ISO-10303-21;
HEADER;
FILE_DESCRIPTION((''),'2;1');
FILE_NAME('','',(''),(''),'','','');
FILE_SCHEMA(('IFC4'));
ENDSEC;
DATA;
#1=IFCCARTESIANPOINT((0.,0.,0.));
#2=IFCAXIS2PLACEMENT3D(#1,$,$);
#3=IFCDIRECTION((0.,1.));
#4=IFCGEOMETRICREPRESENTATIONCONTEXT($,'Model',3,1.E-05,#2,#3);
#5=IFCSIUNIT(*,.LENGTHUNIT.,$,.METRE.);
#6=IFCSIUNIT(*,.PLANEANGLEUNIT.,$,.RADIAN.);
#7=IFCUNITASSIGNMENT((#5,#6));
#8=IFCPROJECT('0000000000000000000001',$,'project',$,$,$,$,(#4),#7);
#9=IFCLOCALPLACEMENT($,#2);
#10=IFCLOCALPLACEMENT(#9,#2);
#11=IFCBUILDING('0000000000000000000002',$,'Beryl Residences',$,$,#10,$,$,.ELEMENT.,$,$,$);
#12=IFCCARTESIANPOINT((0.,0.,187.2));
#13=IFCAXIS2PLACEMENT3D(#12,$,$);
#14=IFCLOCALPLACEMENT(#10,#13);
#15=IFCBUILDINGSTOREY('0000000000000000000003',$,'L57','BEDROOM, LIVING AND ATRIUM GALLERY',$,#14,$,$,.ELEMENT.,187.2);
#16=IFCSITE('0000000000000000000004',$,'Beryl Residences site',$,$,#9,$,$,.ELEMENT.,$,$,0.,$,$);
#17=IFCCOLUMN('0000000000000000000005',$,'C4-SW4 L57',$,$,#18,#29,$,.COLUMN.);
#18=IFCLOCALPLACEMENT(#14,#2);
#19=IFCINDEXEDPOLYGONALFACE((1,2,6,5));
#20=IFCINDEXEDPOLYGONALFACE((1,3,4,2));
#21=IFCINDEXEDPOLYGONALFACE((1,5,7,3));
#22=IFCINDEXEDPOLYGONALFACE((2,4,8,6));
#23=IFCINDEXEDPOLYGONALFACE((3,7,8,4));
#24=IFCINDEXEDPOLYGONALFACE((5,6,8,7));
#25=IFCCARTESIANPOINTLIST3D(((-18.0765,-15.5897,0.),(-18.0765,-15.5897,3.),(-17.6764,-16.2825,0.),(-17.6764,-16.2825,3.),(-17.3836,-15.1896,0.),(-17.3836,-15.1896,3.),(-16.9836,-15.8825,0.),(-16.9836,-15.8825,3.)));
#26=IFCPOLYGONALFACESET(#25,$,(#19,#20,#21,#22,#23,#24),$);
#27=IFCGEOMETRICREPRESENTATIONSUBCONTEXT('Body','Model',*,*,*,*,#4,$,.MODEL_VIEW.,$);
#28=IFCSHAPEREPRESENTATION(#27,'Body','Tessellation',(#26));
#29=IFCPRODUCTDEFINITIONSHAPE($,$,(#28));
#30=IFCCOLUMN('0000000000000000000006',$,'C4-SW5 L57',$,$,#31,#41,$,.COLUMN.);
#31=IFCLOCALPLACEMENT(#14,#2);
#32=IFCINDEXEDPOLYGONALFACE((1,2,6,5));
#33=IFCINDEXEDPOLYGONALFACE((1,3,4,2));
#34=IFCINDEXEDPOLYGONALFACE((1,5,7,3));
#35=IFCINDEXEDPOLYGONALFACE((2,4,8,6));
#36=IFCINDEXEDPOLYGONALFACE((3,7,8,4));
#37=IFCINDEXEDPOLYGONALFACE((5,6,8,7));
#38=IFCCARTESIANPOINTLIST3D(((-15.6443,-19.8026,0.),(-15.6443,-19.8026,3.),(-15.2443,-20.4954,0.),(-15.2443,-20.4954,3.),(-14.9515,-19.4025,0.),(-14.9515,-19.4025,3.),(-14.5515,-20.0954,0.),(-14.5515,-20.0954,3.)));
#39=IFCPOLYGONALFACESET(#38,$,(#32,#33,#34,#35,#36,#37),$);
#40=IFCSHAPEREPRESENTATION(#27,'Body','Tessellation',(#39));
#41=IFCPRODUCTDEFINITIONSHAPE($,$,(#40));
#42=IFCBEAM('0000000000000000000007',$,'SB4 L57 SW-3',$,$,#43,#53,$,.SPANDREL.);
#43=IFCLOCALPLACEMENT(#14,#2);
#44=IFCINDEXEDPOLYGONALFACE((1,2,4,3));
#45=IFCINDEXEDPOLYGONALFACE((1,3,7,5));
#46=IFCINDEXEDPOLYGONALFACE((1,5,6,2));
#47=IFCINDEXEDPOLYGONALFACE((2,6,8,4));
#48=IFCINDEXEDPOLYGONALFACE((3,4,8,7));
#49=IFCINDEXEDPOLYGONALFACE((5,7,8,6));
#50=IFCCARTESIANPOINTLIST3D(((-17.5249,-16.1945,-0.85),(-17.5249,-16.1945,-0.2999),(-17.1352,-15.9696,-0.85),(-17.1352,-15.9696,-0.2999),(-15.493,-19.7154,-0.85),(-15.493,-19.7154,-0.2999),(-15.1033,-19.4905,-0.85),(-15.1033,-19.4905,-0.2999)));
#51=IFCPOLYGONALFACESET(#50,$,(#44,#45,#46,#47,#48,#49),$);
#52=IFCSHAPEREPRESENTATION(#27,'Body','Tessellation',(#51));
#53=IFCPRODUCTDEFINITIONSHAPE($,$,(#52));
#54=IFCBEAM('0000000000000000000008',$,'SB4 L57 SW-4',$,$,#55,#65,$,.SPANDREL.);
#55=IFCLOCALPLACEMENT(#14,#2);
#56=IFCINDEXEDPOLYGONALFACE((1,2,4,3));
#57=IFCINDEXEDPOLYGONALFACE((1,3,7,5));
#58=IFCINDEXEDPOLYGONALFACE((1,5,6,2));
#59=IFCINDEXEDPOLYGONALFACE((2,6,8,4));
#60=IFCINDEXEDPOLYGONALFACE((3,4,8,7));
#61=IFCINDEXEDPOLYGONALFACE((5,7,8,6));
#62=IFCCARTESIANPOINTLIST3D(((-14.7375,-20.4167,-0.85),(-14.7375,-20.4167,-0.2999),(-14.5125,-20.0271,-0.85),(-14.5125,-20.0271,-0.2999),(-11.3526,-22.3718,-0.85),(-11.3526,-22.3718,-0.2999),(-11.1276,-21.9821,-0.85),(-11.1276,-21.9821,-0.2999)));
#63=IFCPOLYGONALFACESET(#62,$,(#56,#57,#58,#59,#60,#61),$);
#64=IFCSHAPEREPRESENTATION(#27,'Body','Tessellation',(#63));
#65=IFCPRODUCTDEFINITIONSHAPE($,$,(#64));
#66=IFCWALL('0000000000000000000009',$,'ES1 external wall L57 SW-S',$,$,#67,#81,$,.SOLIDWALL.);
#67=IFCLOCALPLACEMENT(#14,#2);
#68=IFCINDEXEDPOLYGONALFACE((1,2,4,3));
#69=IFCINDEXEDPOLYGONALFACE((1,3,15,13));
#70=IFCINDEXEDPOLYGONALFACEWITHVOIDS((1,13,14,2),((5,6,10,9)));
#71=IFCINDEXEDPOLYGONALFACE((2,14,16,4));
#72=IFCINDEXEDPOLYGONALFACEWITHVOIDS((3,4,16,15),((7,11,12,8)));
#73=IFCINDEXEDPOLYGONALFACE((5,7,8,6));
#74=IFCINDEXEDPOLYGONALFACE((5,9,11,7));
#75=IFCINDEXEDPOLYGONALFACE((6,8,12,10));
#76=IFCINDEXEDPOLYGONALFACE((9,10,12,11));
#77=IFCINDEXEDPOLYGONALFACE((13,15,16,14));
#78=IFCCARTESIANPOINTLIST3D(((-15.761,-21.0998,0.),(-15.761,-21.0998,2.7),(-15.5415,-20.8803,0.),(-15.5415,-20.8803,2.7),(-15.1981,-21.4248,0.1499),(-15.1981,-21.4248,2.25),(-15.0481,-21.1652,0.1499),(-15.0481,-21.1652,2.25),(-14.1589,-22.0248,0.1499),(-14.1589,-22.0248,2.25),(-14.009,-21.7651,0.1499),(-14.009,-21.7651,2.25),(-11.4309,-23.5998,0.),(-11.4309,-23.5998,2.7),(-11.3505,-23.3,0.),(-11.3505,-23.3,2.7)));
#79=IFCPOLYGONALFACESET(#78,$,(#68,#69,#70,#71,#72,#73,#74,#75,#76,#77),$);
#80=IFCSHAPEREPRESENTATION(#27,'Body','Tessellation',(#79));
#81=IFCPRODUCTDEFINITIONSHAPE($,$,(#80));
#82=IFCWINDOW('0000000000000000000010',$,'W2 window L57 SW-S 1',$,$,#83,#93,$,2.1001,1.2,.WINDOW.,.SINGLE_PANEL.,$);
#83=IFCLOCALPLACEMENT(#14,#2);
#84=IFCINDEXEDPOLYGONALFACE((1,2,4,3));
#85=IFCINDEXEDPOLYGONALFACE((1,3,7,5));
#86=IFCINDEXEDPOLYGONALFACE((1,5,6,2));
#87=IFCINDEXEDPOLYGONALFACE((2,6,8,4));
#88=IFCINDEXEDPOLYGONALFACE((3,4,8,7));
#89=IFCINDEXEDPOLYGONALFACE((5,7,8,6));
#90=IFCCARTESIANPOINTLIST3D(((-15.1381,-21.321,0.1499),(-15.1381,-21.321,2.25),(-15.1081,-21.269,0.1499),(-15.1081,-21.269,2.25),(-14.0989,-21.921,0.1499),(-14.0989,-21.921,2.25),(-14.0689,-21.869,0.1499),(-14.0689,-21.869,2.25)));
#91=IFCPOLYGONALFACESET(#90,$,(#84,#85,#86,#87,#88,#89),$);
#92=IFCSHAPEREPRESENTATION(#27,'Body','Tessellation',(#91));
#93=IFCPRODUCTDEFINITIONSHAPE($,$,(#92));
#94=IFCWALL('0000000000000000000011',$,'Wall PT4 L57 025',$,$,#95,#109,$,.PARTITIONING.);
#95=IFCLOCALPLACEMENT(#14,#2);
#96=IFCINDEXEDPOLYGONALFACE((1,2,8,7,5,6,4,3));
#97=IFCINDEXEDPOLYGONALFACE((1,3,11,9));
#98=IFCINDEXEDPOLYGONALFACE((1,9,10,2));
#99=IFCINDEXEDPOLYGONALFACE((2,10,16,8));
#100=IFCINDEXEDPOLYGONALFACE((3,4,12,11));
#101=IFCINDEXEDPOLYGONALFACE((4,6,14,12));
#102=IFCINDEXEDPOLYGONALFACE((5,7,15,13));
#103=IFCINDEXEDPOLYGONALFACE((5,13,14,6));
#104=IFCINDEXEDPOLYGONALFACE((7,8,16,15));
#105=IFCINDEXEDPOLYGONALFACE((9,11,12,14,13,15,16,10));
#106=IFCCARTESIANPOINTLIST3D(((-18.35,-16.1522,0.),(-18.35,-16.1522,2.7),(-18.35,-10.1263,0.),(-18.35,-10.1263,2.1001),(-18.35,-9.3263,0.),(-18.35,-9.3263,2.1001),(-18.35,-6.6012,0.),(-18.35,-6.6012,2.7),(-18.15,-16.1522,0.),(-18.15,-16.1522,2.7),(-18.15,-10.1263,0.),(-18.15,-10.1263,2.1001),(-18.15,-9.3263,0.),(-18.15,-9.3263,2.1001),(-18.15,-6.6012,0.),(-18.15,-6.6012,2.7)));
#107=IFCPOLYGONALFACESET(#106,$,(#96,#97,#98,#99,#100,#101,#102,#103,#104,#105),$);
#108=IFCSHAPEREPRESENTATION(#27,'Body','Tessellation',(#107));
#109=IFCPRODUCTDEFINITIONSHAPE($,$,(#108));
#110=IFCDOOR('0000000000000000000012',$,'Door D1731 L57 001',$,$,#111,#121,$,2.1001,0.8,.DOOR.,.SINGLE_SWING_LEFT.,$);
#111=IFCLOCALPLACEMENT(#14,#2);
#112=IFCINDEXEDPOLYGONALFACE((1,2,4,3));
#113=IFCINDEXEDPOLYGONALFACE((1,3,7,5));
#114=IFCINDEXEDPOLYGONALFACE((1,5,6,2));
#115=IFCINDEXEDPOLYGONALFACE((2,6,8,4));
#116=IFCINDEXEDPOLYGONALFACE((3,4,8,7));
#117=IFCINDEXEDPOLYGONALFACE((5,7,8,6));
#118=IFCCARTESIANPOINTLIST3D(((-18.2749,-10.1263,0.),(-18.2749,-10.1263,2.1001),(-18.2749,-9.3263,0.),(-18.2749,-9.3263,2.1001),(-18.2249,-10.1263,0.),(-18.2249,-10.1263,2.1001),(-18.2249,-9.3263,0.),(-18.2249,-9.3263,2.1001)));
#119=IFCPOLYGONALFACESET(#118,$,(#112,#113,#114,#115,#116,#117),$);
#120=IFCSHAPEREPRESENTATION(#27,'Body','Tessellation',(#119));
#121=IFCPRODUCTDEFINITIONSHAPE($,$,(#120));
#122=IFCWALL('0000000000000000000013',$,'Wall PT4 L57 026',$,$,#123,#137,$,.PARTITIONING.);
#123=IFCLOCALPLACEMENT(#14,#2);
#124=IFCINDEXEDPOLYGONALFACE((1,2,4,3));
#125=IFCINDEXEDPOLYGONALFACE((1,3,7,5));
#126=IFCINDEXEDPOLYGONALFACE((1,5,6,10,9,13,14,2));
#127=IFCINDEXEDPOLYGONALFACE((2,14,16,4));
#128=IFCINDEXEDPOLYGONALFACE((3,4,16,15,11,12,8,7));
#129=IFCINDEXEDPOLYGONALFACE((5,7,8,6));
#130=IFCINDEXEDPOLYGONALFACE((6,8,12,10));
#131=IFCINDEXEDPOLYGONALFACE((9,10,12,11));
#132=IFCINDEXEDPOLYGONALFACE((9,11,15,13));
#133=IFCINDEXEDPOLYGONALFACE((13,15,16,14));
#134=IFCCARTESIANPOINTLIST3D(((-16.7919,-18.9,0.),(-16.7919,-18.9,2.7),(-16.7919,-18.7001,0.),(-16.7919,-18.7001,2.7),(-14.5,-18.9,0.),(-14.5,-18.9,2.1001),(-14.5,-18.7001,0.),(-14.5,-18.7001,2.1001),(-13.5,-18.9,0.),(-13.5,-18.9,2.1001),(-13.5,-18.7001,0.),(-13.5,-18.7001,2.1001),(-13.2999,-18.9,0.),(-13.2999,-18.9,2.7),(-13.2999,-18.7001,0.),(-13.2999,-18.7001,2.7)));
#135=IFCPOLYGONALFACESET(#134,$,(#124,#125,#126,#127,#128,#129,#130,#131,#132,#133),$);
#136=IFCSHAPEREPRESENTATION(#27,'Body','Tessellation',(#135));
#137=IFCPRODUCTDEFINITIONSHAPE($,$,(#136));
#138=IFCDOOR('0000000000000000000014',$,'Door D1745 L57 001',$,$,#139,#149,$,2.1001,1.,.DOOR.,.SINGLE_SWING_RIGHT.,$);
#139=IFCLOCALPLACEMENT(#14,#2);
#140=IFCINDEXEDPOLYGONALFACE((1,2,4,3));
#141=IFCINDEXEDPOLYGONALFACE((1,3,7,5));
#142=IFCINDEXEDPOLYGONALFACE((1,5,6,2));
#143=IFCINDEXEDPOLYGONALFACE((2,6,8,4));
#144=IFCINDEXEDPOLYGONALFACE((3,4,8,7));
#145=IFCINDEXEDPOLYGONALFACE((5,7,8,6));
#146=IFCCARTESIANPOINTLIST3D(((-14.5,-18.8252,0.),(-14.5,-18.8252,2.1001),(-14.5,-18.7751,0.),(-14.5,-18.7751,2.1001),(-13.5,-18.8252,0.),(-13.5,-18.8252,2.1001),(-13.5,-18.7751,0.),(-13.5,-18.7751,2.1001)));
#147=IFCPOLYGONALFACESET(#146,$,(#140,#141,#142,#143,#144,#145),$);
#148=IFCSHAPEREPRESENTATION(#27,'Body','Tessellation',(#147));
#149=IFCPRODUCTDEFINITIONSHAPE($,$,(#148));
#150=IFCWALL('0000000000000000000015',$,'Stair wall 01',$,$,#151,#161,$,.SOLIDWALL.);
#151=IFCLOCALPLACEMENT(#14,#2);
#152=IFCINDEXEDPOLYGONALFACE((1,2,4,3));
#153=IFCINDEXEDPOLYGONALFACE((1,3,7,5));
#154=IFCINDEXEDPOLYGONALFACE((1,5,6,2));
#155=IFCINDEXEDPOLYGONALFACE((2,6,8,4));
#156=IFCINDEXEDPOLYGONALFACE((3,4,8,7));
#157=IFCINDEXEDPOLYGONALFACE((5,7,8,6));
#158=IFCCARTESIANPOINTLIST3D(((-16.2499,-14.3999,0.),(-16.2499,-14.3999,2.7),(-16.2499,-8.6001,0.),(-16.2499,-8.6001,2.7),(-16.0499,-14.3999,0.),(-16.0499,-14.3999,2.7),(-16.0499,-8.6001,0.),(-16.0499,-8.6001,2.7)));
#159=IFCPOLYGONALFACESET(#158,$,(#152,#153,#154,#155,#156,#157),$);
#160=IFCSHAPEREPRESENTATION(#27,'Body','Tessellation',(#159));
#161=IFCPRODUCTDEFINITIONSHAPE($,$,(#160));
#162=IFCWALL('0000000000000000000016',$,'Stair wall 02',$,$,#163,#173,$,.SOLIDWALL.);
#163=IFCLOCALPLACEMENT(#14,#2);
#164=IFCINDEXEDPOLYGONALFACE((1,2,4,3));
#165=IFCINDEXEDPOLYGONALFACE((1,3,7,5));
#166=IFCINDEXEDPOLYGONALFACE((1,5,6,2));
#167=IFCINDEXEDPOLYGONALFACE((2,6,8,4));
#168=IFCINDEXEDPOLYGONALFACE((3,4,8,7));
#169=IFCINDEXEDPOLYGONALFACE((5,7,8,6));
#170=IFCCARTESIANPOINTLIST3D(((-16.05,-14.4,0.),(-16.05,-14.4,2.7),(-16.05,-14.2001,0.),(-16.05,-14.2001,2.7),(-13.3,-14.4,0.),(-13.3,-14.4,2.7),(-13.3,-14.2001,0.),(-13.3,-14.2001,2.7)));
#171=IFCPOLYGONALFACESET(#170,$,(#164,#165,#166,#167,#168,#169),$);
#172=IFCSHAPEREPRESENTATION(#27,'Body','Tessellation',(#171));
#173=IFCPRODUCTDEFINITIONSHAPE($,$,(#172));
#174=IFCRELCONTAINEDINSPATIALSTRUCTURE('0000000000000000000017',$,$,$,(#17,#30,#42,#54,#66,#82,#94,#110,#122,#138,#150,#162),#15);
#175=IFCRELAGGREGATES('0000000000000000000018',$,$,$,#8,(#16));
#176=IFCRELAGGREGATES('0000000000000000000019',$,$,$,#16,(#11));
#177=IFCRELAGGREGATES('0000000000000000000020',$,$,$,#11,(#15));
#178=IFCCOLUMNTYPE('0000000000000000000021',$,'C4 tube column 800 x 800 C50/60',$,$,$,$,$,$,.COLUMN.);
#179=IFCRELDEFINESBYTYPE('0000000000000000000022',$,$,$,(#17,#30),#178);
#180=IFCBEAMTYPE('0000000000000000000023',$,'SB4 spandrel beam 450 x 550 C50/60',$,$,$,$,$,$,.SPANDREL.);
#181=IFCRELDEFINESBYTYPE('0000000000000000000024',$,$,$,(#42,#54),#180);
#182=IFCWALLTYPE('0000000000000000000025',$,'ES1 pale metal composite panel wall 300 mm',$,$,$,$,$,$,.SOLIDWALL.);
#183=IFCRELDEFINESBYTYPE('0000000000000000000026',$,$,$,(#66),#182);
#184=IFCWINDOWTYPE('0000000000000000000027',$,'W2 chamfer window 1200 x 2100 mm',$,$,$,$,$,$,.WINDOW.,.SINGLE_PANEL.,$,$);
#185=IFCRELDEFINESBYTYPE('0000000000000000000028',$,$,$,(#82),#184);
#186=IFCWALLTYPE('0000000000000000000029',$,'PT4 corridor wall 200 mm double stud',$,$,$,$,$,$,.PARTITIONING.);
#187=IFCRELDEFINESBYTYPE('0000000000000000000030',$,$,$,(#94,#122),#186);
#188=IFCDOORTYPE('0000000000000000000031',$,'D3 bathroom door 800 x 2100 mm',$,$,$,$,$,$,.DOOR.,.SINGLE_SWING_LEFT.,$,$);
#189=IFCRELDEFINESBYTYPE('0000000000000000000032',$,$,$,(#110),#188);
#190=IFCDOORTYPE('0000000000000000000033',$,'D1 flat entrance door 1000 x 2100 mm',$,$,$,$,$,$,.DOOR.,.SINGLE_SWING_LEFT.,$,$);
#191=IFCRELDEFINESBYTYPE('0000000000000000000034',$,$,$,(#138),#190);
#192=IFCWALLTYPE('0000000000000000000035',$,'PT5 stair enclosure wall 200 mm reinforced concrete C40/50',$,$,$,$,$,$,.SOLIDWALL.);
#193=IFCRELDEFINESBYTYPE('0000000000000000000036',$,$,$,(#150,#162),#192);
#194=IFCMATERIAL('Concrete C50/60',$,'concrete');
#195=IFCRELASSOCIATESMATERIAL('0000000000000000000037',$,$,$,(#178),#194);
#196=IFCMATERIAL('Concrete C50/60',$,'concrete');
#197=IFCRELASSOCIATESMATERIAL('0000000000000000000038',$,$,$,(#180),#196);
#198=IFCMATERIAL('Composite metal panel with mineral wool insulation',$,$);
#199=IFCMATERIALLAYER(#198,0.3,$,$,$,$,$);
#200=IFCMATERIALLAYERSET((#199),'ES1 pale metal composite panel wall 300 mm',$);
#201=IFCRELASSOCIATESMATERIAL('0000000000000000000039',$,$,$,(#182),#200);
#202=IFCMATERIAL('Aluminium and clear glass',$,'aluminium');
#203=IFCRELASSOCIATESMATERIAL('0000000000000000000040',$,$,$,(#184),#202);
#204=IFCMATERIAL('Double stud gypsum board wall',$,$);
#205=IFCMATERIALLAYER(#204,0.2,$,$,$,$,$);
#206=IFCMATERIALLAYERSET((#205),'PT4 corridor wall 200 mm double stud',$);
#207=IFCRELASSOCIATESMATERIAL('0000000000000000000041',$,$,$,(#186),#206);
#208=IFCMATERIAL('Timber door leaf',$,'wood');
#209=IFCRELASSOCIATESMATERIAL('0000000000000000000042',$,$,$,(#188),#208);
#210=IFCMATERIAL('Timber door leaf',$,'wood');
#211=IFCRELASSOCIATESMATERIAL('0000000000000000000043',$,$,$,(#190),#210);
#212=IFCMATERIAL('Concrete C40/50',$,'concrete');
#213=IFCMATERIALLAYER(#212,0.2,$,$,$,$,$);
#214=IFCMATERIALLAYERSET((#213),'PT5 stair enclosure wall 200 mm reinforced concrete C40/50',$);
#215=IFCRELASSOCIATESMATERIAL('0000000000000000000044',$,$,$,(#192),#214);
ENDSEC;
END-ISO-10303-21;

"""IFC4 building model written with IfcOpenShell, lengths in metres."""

from ifc_helpers import new_model, si_unit, direction, frame, frame_2d, origin, origin_2d, place, context, subcontext, project, spatial, polyline, rectangle, outline, extrude, material, layer, layer_set, material_profile, profile_set, type_object, element, fill, save


model = new_model("IFC4")

# Units and contexts
model_context = context("Model", 3, precision=1e-05, world=origin(), true_north=direction((0.0, 1.0)))
body_context = subcontext(model_context, "Body", "Model", "MODEL_VIEW")
ifc_project = project(units=[si_unit("LENGTHUNIT", "METRE"), si_unit("PLANEANGLEUNIT", "RADIAN")], contexts=[model_context])

# Site, building, storey
site_placement = place(None, origin())
site = spatial("IfcSite", under=ifc_project, at=site_placement, Name="Beryl Residences site", CompositionType="ELEMENT", RefElevation=0.0)
building_placement = place(site_placement, origin())
building = spatial("IfcBuilding", under=site, at=building_placement, Name="Beryl Residences", CompositionType="ELEMENT")
storey_placement = place(building_placement, frame((0.0, 0.0, 187.2)))
storey = spatial("IfcBuildingStorey", under=building, at=storey_placement, Name="L57", Description="BEDROOM, LIVING AND ATRIUM GALLERY", CompositionType="ELEMENT", Elevation=187.2)

# Columns
ifc_material_1 = material(Name="Concrete C50/60", Category="concrete")
ifc_material_profile_1 = material_profile(ifc_material_1, rectangle(XDim=0.8, YDim=0.8, at=origin_2d()))
ifc_profile_set_1 = profile_set([ifc_material_profile_1], Name="Concrete C50/60")
column_type = type_object("IfcColumnType", Name="C4 tube column 800 x 800 C50/60", PredefinedType="COLUMN", material=ifc_profile_set_1)
for number, where, z_axis, x_axis, name in (
    (1, (-17.53, -15.7361, 0.0), (0.0, 0.0, 1.0), (0.5, -0.866025, 0.0), "C4-SW4 L57"),
    (2, (-15.0979, -19.949, 0.0), (0.0, 0.0, 1.0), (0.5, -0.866025, 0.0), "C4-SW5 L57"),
):
    element("IfcColumn", number, at=place(storey_placement, frame(where, z_axis=z_axis, x_axis=x_axis)), inside=storey, type_object=column_type, Name=name, PredefinedType="COLUMN", context=body_context, shape_type="SweptSolid", body=[
        extrude(rectangle(XDim=0.8, YDim=0.8, at=origin_2d()), origin(), (0.0, 0.0, 1.0), 3.0),
    ])

# Beams
ifc_material_2 = material(Name="Concrete C50/60", Category="concrete")
ifc_material_profile_2 = material_profile(ifc_material_2, rectangle(XDim=0.45, YDim=0.55, at=origin_2d()))
ifc_profile_set_2 = profile_set([ifc_material_profile_2], Name="Concrete C50/60")
beam_type = type_object("IfcBeamType", Name="SB4 spandrel beam 450 x 550 C50/60", PredefinedType="SPANDREL", material=ifc_profile_set_2)
beam_1_placement = place(storey_placement, frame((-17.3301, -16.082, -0.575), z_axis=(0.49984, -0.866118, 0.0), x_axis=(0.866118, 0.49984, 0.0)))
element("IfcBeam", 3, at=beam_1_placement, inside=storey, type_object=beam_type, Name="SB4 L57 SW-3", PredefinedType="SPANDREL", context=body_context, shape_type="SweptSolid", body=[
    extrude(rectangle(XDim=0.45, YDim=0.55, at=origin_2d()), origin(), (0.0, 0.0, 1.0), 4.0652),
])
beam_2_placement = place(storey_placement, frame((-14.625, -20.2219, -0.575), z_axis=(0.865943, -0.500142, 0.0), x_axis=(0.500142, 0.865943, 0.0)))
element("IfcBeam", 4, at=beam_2_placement, inside=storey, type_object=beam_type, Name="SB4 L57 SW-4", PredefinedType="SPANDREL", context=body_context, shape_type="SweptSolid", body=[
    extrude(rectangle(XDim=0.45, YDim=0.55, at=origin_2d()), origin(), (0.0, 0.0, 1.0), 3.9089),
])

# Wall, opening, window
ifc_material_3 = material(Name="Composite metal panel with mineral wool insulation")
ifc_layer_1 = layer(ifc_material_3, 0.3)
ifc_layer_set_1 = layer_set([ifc_layer_1], Name="ES1 pale metal composite panel wall 300 mm")
wall_type_1 = type_object("IfcWallType", Name="ES1 pale metal composite panel wall 300 mm", PredefinedType="SOLIDWALL", material=ifc_layer_set_1)
wall_1_placement = place(storey_placement, frame((-15.686, -20.97, 0.0), z_axis=(0.0, 0.0, 1.0), x_axis=(0.866023, -0.500004, 0.0)))
wall_1 = element("IfcWall", 5, at=wall_1_placement, inside=storey, type_object=wall_type_1, Name="ES1 external wall L57 SW-S", PredefinedType="SOLIDWALL", context=body_context, shape_type="SweptSolid", body=[
    extrude(outline(polyline([(0.0, -0.1499), (5.0, -0.1499), (4.9197, 0.1499), (0.0803, 0.1499), (0.0, -0.1499)])), origin(), (0.0, 0.0, 1.0), 2.7),
])
opening_1_placement = place(wall_1_placement, frame((0.6499, 0.0, 0.1499)))
opening_1 = element("IfcOpeningElement", 6, at=opening_1_placement, cuts=wall_1, PredefinedType="OPENING", context=body_context, shape_type="SweptSolid", body=[
    extrude(rectangle(XDim=1.2, YDim=2.1001, at=frame_2d((0.6001, 1.05))), frame((0.0, 0.1599, 0.0), z_axis=(0.0, -1.0, 0.0), x_axis=(1.0, 0.0, 0.0)), (0.0, 0.0, 1.0), 0.3201),
])
ifc_material_4 = material(Name="Aluminium and clear glass", Category="aluminium")
window_type = type_object("IfcWindowType", Name="W2 chamfer window 1200 x 2100 mm", PartitioningType="SINGLE_PANEL", PredefinedType="WINDOW", material=ifc_material_4)
window_placement = place(opening_1_placement, origin())
window = element("IfcWindow", 7, at=window_placement, inside=storey, type_object=window_type, Name="W2 window L57 SW-S 1", OverallHeight=2.1001, OverallWidth=1.2, PartitioningType="SINGLE_PANEL", PredefinedType="WINDOW", context=body_context, shape_type="SweptSolid", body=[
    extrude(rectangle(XDim=1.2, YDim=2.1001, at=frame_2d((0.6001, 1.05))), frame((0.0, 0.03, 0.0), z_axis=(0.0, -1.0, 0.0), x_axis=(1.0, 0.0, 0.0)), (0.0, 0.0, 1.0), 0.0601),
])
fill(opening_1, window)

# Walls, openings, doors
ifc_material_5 = material(Name="Double stud gypsum board wall")
ifc_layer_2 = layer(ifc_material_5, 0.2)
ifc_layer_set_2 = layer_set([ifc_layer_2], Name="PT4 corridor wall 200 mm double stud")
wall_type_2 = type_object("IfcWallType", Name="PT4 corridor wall 200 mm double stud", PredefinedType="PARTITIONING", material=ifc_layer_set_2)
wall_2_placement = place(storey_placement, frame((-18.25, -16.1521, 0.0), z_axis=(0.0, 0.0, 1.0), x_axis=(0.0, 1.0, 0.0)))
wall_2 = element("IfcWall", 8, at=wall_2_placement, inside=storey, type_object=wall_type_2, Name="Wall PT4 L57 025", PredefinedType="PARTITIONING", context=body_context, shape_type="SweptSolid", body=[
    extrude(rectangle(XDim=9.551, YDim=0.2, at=frame_2d((4.7754, 0.0))), origin(), (0.0, 0.0, 1.0), 2.7),
])
opening_2_placement = place(wall_2_placement, frame((6.0259, 0.0, 0.0)))
opening_2 = element("IfcOpeningElement", 9, at=opening_2_placement, cuts=wall_2, PredefinedType="OPENING", context=body_context, shape_type="SweptSolid", body=[
    extrude(rectangle(XDim=0.8, YDim=2.1001, at=frame_2d((0.3999, 1.05))), frame((0.0, 0.1099, 0.0), z_axis=(0.0, -1.0, 0.0), x_axis=(1.0, 0.0, 0.0)), (0.0, 0.0, 1.0), 0.22),
])
ifc_material_6 = material(Name="Timber door leaf", Category="wood")
door_type_1 = type_object("IfcDoorType", Name="D3 bathroom door 800 x 2100 mm", OperationType="SINGLE_SWING_LEFT", PredefinedType="DOOR", material=ifc_material_6)
door_1_placement = place(opening_2_placement, origin())
door_1 = element("IfcDoor", 10, at=door_1_placement, inside=storey, type_object=door_type_1, Name="Door D1731 L57 001", OperationType="SINGLE_SWING_LEFT", OverallHeight=2.1001, OverallWidth=0.8, PredefinedType="DOOR", context=body_context, shape_type="SweptSolid", body=[
    extrude(rectangle(XDim=0.8, YDim=2.1001, at=frame_2d((0.3999, 1.05))), frame((0.0, 0.0249, 0.0), z_axis=(0.0, -1.0, 0.0), x_axis=(1.0, 0.0, 0.0)), (0.0, 0.0, 1.0), 0.05),
])
fill(opening_2, door_1)
wall_3_placement = place(storey_placement, frame((-16.792, -18.8, 0.0), z_axis=(0.0, 0.0, 1.0), x_axis=(1.0, 0.0, 0.0)))
wall_3 = element("IfcWall", 11, at=wall_3_placement, inside=storey, type_object=wall_type_2, Name="Wall PT4 L57 026", PredefinedType="PARTITIONING", context=body_context, shape_type="SweptSolid", body=[
    extrude(rectangle(XDim=3.4919, YDim=0.2, at=frame_2d((1.7461, 0.0))), origin(), (0.0, 0.0, 1.0), 2.7),
])
opening_3_placement = place(wall_3_placement, frame((2.292, 0.0, 0.0)))
opening_3 = element("IfcOpeningElement", 12, at=opening_3_placement, cuts=wall_3, PredefinedType="OPENING", context=body_context, shape_type="SweptSolid", body=[
    extrude(rectangle(XDim=1.0, YDim=2.1001, at=frame_2d((0.5, 1.05))), frame((0.0, 0.1099, 0.0), z_axis=(0.0, -1.0, 0.0), x_axis=(1.0, 0.0, 0.0)), (0.0, 0.0, 1.0), 0.22),
])
ifc_material_7 = material(Name="Timber door leaf", Category="wood")
door_type_2 = type_object("IfcDoorType", Name="D1 flat entrance door 1000 x 2100 mm", OperationType="SINGLE_SWING_LEFT", PredefinedType="DOOR", material=ifc_material_7)
door_2_placement = place(opening_3_placement, origin())
door_2 = element("IfcDoor", 13, at=door_2_placement, inside=storey, type_object=door_type_2, Name="Door D1745 L57 001", OperationType="SINGLE_SWING_RIGHT", OverallHeight=2.1001, OverallWidth=1.0, PredefinedType="DOOR", context=body_context, shape_type="SweptSolid", body=[
    extrude(rectangle(XDim=1.0, YDim=2.1001, at=frame_2d((0.5, 1.05))), frame((0.0, 0.0249, 0.0), z_axis=(0.0, -1.0, 0.0), x_axis=(1.0, 0.0, 0.0)), (0.0, 0.0, 1.0), 0.05),
])
fill(opening_3, door_2)

# Walls
ifc_material_8 = material(Name="Concrete C40/50", Category="concrete")
ifc_layer_3 = layer(ifc_material_8, 0.2)
ifc_layer_set_3 = layer_set([ifc_layer_3], Name="PT5 stair enclosure wall 200 mm reinforced concrete C40/50")
wall_type_3 = type_object("IfcWallType", Name="PT5 stair enclosure wall 200 mm reinforced concrete C40/50", PredefinedType="SOLIDWALL", material=ifc_layer_set_3)
wall_4_placement = place(storey_placement, frame((-16.1499, -14.3999, 0.0), z_axis=(0.0, 0.0, 1.0), x_axis=(0.0, 1.0, 0.0)))
element("IfcWall", 14, at=wall_4_placement, inside=storey, type_object=wall_type_3, Name="Stair wall 01", PredefinedType="SOLIDWALL", context=body_context, shape_type="SweptSolid", body=[
    extrude(rectangle(XDim=5.7998, YDim=0.2, at=frame_2d((2.8999, 0.0))), origin(), (0.0, 0.0, 1.0), 2.7),
])
wall_5_placement = place(storey_placement, frame((-16.05, -14.3, 0.0), z_axis=(0.0, 0.0, 1.0), x_axis=(1.0, 0.0, 0.0)))
element("IfcWall", 15, at=wall_5_placement, inside=storey, type_object=wall_type_3, Name="Stair wall 02", PredefinedType="SOLIDWALL", context=body_context, shape_type="SweptSolid", body=[
    extrude(rectangle(XDim=2.75, YDim=0.2, at=frame_2d((1.375, 0.0))), origin(), (0.0, 0.0, 1.0), 2.7),
])

save(model, "model.ifc")
